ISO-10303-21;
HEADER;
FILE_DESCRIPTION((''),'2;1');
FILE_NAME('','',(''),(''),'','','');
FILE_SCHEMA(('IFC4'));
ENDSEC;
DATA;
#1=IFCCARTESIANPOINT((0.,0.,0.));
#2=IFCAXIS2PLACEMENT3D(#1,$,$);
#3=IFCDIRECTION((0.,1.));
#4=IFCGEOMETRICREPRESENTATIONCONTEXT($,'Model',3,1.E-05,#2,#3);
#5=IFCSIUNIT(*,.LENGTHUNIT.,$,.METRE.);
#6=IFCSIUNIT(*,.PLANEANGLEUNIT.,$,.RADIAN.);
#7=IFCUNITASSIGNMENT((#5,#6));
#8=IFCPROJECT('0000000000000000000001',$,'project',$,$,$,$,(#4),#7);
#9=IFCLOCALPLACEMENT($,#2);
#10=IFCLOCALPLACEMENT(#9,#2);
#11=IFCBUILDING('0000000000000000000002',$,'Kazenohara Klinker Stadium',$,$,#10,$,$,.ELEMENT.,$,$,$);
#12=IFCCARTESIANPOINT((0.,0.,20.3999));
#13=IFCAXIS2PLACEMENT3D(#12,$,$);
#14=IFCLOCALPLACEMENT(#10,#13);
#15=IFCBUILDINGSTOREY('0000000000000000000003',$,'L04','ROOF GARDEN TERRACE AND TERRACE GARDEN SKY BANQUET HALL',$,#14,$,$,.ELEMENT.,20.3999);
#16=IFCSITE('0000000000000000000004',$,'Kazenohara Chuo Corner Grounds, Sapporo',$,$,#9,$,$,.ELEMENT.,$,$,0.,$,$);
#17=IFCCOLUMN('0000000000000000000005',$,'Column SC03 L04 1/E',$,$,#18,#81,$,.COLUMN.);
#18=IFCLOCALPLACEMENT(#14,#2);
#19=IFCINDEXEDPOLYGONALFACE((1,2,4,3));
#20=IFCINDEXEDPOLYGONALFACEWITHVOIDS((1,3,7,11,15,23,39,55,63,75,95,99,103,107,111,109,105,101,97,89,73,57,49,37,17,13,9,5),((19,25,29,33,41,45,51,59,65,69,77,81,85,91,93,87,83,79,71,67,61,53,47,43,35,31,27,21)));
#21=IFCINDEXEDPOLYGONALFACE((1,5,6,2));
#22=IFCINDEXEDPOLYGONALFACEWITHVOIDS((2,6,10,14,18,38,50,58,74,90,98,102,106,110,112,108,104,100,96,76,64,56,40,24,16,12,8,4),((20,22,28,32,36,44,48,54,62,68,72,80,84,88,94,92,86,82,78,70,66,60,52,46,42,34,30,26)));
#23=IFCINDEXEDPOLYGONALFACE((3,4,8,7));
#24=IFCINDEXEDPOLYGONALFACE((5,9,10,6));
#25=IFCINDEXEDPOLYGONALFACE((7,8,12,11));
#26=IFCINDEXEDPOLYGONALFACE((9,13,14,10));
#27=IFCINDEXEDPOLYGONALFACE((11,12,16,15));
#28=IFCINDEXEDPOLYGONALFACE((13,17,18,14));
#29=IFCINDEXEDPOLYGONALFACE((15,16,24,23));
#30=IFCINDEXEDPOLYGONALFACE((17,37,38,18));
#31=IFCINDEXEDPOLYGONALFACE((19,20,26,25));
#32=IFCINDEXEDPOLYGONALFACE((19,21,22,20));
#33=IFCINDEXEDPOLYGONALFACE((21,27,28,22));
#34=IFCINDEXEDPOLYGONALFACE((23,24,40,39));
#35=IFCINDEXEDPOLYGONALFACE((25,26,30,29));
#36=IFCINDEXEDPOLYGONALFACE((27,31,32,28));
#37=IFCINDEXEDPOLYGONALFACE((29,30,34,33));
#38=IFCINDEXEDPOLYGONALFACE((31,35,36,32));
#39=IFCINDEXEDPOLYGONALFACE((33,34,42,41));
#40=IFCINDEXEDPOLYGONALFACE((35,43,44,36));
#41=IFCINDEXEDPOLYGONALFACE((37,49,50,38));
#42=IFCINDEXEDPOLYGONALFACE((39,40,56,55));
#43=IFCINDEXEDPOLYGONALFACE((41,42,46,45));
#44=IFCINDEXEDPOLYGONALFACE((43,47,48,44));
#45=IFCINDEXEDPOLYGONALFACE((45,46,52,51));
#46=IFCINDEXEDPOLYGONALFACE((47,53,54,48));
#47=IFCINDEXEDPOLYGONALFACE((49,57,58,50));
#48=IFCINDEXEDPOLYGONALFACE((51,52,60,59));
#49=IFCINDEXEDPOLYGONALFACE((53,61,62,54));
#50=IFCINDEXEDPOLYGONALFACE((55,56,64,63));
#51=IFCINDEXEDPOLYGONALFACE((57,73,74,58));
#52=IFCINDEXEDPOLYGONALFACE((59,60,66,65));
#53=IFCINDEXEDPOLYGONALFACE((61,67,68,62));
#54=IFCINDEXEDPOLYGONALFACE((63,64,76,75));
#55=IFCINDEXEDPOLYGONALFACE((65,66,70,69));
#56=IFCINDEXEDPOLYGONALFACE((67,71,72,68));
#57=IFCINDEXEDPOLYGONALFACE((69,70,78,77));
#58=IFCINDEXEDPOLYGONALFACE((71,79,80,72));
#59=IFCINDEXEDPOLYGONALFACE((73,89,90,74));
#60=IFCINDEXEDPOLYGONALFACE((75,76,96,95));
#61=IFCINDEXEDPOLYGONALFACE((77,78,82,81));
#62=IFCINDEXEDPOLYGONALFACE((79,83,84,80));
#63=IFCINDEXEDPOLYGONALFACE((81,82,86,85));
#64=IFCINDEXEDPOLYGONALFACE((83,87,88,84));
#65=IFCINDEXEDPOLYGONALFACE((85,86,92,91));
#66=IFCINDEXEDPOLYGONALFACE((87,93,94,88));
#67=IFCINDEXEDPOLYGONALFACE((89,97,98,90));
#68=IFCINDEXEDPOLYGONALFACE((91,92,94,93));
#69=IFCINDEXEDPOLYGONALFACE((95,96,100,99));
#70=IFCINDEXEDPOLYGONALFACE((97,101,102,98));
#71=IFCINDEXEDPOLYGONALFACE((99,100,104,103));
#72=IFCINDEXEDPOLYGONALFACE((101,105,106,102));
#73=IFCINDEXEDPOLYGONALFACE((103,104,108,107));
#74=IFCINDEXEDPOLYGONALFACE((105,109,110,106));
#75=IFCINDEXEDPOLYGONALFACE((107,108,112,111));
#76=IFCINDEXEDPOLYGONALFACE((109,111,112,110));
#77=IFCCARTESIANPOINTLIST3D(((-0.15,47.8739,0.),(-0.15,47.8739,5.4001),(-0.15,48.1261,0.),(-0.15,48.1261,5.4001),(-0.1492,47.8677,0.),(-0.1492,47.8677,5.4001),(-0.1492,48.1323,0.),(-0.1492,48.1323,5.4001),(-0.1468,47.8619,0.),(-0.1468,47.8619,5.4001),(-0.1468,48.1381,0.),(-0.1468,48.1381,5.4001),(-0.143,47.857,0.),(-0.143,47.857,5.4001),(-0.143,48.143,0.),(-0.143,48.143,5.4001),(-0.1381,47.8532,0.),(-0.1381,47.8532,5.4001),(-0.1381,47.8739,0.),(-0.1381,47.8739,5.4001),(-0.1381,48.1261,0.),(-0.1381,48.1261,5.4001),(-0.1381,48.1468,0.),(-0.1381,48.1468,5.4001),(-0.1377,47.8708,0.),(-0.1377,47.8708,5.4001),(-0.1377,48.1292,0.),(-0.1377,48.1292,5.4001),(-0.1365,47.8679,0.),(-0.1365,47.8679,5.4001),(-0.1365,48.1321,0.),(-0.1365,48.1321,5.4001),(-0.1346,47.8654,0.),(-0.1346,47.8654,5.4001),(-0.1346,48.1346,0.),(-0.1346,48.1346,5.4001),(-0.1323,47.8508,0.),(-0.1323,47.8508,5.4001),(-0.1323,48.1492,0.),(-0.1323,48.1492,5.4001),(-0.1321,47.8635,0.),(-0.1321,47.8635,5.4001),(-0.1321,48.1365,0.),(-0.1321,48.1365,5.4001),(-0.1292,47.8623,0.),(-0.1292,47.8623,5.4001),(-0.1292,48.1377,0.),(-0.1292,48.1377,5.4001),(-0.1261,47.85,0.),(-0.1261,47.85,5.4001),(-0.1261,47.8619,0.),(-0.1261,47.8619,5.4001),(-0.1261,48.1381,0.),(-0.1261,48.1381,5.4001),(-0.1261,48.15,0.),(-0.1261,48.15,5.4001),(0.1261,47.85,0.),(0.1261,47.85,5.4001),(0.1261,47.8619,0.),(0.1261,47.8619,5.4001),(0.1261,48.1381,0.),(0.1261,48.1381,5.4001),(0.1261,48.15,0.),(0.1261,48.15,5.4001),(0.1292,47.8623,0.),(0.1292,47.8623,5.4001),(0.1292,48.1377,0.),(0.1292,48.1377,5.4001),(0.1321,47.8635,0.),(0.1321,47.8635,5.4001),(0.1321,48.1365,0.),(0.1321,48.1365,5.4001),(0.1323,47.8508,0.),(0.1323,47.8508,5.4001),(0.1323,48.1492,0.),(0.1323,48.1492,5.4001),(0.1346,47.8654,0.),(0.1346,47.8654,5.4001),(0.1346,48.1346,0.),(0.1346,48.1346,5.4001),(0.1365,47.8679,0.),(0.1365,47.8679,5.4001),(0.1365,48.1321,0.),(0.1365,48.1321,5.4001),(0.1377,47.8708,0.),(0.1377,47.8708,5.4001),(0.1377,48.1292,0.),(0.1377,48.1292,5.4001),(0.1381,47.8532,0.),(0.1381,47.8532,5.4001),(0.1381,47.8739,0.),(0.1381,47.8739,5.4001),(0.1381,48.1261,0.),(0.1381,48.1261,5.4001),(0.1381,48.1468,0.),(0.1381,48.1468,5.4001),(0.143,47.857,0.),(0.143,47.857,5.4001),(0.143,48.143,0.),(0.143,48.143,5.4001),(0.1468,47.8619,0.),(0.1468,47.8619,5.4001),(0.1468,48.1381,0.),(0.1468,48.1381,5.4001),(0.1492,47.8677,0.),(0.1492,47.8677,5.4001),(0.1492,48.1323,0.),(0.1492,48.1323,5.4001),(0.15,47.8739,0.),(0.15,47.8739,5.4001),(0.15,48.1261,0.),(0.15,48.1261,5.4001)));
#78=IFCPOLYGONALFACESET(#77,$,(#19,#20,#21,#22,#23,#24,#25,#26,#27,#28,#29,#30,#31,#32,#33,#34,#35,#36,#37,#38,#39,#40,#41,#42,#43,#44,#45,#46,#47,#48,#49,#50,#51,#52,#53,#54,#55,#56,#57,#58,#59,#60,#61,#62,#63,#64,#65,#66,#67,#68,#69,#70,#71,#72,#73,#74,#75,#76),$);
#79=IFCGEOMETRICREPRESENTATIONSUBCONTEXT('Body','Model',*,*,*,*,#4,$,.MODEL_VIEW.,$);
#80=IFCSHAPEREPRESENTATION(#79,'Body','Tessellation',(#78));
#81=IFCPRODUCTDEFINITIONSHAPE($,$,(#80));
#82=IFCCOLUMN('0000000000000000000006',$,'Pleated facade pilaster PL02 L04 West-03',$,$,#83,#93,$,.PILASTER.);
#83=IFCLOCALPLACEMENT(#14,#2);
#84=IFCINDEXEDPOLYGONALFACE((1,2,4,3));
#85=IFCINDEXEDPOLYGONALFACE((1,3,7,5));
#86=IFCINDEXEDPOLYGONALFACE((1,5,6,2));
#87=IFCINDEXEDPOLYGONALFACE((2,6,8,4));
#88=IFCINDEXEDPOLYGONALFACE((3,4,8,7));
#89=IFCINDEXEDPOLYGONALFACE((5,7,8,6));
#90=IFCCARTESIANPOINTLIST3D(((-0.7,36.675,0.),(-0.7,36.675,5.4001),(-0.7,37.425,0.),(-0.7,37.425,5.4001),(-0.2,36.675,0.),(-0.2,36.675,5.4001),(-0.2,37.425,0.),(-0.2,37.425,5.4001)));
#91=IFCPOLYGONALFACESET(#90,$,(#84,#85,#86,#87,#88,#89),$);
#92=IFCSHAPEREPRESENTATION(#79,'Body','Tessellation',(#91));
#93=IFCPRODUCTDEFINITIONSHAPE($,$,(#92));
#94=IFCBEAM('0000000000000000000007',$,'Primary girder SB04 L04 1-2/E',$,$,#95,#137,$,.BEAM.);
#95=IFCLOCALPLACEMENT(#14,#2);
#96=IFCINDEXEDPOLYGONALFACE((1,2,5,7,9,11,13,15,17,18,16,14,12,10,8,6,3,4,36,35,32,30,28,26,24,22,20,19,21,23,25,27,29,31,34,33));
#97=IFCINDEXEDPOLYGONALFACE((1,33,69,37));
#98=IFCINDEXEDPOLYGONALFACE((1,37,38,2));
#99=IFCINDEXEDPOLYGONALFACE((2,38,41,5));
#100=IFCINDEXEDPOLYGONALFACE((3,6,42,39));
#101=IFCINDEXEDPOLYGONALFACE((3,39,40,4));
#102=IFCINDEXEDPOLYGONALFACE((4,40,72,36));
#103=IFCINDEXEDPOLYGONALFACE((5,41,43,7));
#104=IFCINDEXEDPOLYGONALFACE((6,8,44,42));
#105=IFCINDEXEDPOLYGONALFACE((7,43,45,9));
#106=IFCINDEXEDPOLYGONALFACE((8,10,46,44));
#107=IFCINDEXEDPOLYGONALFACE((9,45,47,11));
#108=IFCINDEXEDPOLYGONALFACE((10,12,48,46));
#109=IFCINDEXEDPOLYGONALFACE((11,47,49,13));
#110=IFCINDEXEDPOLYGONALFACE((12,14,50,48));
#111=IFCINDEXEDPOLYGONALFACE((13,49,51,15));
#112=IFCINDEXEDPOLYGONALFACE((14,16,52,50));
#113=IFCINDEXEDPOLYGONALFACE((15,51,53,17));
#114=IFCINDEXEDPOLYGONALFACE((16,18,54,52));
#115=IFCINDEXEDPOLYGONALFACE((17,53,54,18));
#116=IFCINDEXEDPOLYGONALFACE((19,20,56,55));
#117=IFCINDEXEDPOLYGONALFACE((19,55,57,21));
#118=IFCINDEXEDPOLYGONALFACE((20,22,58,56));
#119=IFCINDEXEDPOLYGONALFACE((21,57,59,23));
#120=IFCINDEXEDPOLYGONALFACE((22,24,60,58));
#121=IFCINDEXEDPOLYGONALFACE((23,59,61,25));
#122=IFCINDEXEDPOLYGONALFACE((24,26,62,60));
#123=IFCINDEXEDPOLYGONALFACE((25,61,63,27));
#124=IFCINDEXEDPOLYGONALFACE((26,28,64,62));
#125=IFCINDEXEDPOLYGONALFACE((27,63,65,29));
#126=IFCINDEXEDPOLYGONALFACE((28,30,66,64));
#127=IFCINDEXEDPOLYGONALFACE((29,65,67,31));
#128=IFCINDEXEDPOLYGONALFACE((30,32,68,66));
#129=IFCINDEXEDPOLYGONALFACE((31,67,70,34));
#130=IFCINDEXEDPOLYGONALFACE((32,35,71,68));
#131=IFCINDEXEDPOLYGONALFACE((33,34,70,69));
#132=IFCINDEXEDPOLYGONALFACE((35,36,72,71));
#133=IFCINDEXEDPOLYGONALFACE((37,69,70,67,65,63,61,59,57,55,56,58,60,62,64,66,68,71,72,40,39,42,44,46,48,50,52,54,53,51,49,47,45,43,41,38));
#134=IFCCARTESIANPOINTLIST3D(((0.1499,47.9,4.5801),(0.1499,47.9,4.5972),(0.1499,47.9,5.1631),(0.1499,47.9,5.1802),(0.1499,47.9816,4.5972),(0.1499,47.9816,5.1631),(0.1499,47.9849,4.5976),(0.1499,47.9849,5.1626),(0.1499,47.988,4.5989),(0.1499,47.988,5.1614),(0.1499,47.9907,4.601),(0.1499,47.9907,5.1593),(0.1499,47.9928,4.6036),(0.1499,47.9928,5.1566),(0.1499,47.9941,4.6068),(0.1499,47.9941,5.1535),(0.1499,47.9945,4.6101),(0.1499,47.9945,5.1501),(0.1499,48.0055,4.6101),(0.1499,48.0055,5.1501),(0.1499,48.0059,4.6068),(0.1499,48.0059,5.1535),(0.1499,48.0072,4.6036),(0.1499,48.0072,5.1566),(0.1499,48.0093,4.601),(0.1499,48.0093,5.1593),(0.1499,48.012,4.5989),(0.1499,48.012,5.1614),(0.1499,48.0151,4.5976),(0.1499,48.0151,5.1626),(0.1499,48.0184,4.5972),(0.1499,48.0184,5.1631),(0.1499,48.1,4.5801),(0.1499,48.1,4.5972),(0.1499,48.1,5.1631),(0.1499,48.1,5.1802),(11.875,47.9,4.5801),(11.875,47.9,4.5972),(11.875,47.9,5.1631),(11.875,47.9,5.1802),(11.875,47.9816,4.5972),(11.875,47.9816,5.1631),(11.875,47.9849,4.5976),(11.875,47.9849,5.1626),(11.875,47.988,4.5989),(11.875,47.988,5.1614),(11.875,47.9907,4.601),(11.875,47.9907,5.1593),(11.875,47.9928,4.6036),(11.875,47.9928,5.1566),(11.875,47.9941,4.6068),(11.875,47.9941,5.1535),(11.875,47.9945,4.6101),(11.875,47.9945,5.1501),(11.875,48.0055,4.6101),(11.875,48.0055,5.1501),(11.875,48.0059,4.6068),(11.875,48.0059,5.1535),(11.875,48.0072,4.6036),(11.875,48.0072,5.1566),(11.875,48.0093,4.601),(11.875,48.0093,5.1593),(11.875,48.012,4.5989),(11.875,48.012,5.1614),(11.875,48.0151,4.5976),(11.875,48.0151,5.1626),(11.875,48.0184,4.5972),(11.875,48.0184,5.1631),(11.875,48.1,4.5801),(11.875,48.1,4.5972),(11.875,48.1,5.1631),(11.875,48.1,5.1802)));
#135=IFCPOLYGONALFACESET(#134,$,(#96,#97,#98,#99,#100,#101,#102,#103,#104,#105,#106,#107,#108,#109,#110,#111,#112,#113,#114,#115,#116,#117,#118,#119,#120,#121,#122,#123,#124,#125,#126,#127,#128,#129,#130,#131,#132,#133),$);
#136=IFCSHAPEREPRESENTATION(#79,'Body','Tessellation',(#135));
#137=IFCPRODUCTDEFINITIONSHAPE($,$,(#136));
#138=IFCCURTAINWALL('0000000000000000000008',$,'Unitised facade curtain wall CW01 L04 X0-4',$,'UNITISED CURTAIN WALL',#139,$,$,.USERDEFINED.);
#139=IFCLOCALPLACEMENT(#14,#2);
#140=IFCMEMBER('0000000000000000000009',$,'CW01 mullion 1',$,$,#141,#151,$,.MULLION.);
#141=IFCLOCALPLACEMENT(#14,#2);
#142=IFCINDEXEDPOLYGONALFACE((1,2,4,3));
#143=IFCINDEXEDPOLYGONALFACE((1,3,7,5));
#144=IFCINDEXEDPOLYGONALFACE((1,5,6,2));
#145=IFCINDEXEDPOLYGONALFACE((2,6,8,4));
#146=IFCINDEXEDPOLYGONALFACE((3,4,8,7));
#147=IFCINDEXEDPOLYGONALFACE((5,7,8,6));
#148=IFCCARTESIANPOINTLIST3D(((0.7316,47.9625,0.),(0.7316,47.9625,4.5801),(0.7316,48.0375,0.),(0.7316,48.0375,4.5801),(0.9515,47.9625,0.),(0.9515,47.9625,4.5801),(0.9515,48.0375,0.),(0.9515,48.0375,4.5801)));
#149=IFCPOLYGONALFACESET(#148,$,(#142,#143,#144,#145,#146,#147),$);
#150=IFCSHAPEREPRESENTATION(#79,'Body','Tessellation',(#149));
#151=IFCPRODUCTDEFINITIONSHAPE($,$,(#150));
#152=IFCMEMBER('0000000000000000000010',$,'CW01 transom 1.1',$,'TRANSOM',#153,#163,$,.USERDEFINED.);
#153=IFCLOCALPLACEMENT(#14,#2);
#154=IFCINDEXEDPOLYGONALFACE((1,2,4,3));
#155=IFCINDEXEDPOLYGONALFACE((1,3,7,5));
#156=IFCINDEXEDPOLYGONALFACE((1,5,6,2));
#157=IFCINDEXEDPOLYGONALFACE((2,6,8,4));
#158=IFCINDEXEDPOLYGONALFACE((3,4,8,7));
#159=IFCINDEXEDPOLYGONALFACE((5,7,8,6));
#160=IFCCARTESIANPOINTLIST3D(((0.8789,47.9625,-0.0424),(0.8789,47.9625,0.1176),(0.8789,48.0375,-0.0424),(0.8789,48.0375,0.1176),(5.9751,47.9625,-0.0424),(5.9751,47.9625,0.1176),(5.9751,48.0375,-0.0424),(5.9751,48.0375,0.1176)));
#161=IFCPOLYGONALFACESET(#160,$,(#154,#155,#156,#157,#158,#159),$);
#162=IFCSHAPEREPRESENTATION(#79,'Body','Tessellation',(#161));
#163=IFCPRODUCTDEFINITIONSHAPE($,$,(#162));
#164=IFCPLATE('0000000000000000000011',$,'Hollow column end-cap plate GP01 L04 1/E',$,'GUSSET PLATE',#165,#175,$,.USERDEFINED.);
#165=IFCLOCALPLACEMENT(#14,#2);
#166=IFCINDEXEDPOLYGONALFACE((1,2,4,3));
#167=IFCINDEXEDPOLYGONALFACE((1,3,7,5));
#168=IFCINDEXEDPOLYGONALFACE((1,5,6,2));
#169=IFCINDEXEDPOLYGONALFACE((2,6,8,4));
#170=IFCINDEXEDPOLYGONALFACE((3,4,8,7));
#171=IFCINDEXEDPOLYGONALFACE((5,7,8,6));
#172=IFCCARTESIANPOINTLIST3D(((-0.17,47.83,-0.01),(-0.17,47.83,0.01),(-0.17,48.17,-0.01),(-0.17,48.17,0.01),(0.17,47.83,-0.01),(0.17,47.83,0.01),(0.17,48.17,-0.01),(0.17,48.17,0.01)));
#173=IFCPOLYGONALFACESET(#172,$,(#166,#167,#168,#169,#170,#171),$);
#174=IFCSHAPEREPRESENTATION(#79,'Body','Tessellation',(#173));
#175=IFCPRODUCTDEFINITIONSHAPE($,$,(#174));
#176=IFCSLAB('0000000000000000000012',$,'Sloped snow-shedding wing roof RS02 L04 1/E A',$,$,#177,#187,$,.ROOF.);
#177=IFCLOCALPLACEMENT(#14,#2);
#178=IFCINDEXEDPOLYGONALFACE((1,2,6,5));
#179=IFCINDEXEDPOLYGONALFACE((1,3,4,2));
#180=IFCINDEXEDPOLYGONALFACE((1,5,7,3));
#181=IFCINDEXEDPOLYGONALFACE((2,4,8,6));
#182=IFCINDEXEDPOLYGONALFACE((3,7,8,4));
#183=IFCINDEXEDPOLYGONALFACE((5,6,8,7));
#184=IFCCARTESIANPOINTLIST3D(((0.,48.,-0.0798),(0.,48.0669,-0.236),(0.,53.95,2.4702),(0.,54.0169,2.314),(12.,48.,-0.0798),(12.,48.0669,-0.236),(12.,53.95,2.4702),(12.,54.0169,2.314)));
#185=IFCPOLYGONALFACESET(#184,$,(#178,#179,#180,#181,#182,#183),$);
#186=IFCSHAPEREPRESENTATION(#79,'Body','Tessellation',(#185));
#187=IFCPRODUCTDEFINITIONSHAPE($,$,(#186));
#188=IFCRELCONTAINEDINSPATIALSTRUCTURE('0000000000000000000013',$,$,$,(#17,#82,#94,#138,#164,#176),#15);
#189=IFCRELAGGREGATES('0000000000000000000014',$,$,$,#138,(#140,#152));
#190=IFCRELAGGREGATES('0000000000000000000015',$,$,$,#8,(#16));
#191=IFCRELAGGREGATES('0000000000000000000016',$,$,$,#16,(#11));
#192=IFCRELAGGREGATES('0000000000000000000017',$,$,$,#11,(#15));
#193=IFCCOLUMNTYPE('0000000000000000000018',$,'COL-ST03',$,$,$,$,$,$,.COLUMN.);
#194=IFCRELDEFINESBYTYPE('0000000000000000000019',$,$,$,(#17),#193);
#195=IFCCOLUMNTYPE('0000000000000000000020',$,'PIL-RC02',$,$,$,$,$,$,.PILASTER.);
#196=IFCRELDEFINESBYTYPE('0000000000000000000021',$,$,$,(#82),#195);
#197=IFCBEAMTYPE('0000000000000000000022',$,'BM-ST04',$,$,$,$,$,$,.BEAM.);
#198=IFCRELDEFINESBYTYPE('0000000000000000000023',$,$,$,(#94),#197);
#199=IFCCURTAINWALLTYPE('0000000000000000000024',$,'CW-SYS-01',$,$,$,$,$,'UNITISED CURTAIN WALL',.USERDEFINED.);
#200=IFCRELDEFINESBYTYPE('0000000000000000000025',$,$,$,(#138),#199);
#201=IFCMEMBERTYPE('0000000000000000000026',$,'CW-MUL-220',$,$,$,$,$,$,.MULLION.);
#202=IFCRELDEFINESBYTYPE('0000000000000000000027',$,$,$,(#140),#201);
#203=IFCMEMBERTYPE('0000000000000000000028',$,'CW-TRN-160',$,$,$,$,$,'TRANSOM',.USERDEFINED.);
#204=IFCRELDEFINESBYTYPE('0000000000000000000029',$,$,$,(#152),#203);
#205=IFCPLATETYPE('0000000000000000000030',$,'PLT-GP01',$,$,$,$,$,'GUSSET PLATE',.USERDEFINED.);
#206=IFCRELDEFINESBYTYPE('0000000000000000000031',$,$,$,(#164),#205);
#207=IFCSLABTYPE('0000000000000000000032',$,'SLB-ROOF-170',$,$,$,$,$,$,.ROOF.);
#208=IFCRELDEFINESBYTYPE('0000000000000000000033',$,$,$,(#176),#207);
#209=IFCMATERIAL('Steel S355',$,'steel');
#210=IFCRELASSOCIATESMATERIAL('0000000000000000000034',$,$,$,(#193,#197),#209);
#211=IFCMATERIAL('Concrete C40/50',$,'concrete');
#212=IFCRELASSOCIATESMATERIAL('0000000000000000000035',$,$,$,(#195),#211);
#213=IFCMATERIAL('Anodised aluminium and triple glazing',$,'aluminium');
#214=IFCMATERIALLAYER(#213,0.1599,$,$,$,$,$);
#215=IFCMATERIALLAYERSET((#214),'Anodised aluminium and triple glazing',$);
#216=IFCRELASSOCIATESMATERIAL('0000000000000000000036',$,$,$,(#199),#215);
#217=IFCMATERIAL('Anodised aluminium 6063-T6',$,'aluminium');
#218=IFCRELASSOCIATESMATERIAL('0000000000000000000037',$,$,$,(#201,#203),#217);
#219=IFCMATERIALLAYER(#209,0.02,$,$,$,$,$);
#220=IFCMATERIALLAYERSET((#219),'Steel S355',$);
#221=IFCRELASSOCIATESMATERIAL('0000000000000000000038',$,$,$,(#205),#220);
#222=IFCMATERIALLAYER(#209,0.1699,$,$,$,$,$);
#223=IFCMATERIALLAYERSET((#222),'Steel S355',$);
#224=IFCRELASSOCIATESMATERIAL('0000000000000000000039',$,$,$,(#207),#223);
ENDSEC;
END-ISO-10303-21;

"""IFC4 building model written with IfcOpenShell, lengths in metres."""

from ifc_helpers import new_model, si_unit, direction, frame, origin, origin_2d, place, context, subcontext, project, spatial, polyline, rectangle, hollow_rectangle, i_section, outline, extrude, material, layer, layer_set, material_profile, profile_set, type_object, element, aggregate, save


model = new_model("IFC4")

# Units and contexts
model_context = context("Model", 3, precision=1e-05, world=origin(), true_north=direction((0.0, 1.0)))
body_context = subcontext(model_context, "Body", "Model", "MODEL_VIEW")
ifc_project = project(units=[si_unit("LENGTHUNIT", "METRE"), si_unit("PLANEANGLEUNIT", "RADIAN")], contexts=[model_context])

# Site, building, storey
site_placement = place(None, origin())
site = spatial("IfcSite", under=ifc_project, at=site_placement, Name="Kazenohara Chuo Corner Grounds, Sapporo", CompositionType="ELEMENT", RefElevation=0.0)
building_placement = place(site_placement, origin())
building = spatial("IfcBuilding", under=site, at=building_placement, Name="Kazenohara Klinker Stadium", CompositionType="ELEMENT")
storey_placement = place(building_placement, frame((0.0, 0.0, 20.3999)))
storey = spatial("IfcBuildingStorey", under=building, at=storey_placement, Name="L04", Description="ROOF GARDEN TERRACE AND TERRACE GARDEN SKY BANQUET HALL", CompositionType="ELEMENT", Elevation=20.3999)

# Columns
ifc_material_1 = material(Name="Steel S355", Category="steel")
ifc_material_profile_1 = material_profile(ifc_material_1, hollow_rectangle(XDim=0.3, YDim=0.3, WallThickness=0.012, InnerFilletRadius=0.012, OuterFilletRadius=0.0239, at=origin_2d()), Name="SHS-300x300x12")
ifc_profile_set_1 = profile_set([ifc_material_profile_1], Name="Steel S355")
column_type_1 = type_object("IfcColumnType", Name="COL-ST03", PredefinedType="COLUMN", material=ifc_profile_set_1)
column_1_placement = place(storey_placement, frame((0.0, 48.0, 0.0), z_axis=(0.0, 0.0, 1.0), x_axis=(1.0, 0.0, 0.0)))
element("IfcColumn", 1, at=column_1_placement, inside=storey, type_object=column_type_1, Name="Column SC03 L04 1/E", PredefinedType="COLUMN", context=body_context, shape_type="SweptSolid", body=[
    extrude(hollow_rectangle(XDim=0.3, YDim=0.3, WallThickness=0.012, InnerFilletRadius=0.012, OuterFilletRadius=0.0239, at=origin_2d()), origin(), (0.0, 0.0, 1.0), 5.4001),
])
ifc_material_2 = material(Name="Concrete C40/50", Category="concrete")
ifc_material_profile_2 = material_profile(ifc_material_2, rectangle(XDim=0.5, YDim=0.75, at=origin_2d()), Name="RC-PILASTER-500x750")
ifc_profile_set_2 = profile_set([ifc_material_profile_2], Name="Concrete C40/50")
column_type_2 = type_object("IfcColumnType", Name="PIL-RC02", PredefinedType="PILASTER", material=ifc_profile_set_2)
column_2_placement = place(storey_placement, frame((-0.45, 37.05, 0.0), z_axis=(0.0, 0.0, 1.0), x_axis=(1.0, 0.0, 0.0)))
element("IfcColumn", 2, at=column_2_placement, inside=storey, type_object=column_type_2, Name="Pleated facade pilaster PL02 L04 West-03", PredefinedType="PILASTER", context=body_context, shape_type="SweptSolid", body=[
    extrude(rectangle(XDim=0.5, YDim=0.75, at=origin_2d()), origin(), (0.0, 0.0, 1.0), 5.4001),
])

# Beam
ifc_material_profile_3 = material_profile(ifc_material_1, i_section(OverallWidth=0.2, OverallDepth=0.6001, WebThickness=0.011, FlangeThickness=0.0171, FilletRadius=0.0129, at=origin_2d()), Name="H-600x200x11x17")
ifc_profile_set_3 = profile_set([ifc_material_profile_3], Name="Steel S355")
beam_type = type_object("IfcBeamType", Name="BM-ST04", PredefinedType="BEAM", material=ifc_profile_set_3)
beam_placement = place(storey_placement, frame((0.1499, 48.0, 4.8801), z_axis=(1.0, 0.0, 0.0), x_axis=(0.0, 1.0, 0.0)))
element("IfcBeam", 3, at=beam_placement, inside=storey, type_object=beam_type, Name="Primary girder SB04 L04 1-2/E", PredefinedType="BEAM", context=body_context, shape_type="SweptSolid", body=[
    extrude(i_section(OverallWidth=0.2, OverallDepth=0.6001, WebThickness=0.011, FlangeThickness=0.0171, FilletRadius=0.0129, at=origin_2d()), origin(), (0.0, 0.0, 1.0), 11.7251),
])

# Curtain wall, members
ifc_material_3 = material(Name="Anodised aluminium and triple glazing", Category="aluminium")
ifc_layer_1 = layer(ifc_material_3, 0.1599)
ifc_layer_set_1 = layer_set([ifc_layer_1], Name="Anodised aluminium and triple glazing")
curtain_wall_type = type_object("IfcCurtainWallType", Name="CW-SYS-01", ElementType="UNITISED CURTAIN WALL", PredefinedType="USERDEFINED", material=ifc_layer_set_1)
curtain_wall_placement = place(storey_placement, origin())
curtain_wall = element("IfcCurtainWall", 4, at=curtain_wall_placement, inside=storey, type_object=curtain_wall_type, Name="Unitised facade curtain wall CW01 L04 X0-4", ObjectType="UNITISED CURTAIN WALL", PredefinedType="USERDEFINED")
ifc_material_4 = material(Name="Anodised aluminium 6063-T6", Category="aluminium")
ifc_material_profile_4 = material_profile(ifc_material_4, rectangle(XDim=0.075, YDim=0.22, at=origin_2d()), Name="ALU-MUL-75x220")
ifc_profile_set_4 = profile_set([ifc_material_profile_4], Name="Anodised aluminium 6063-T6")
member_type_1 = type_object("IfcMemberType", Name="CW-MUL-220", PredefinedType="MULLION", material=ifc_profile_set_4)
member_1_placement = place(storey_placement, frame((0.8416, 48.0, 0.0), z_axis=(0.0, 0.0, 1.0), x_axis=(0.0, 1.0, 0.0)))
member_1 = element("IfcMember", 5, at=member_1_placement, type_object=member_type_1, Name="CW01 mullion 1", PredefinedType="MULLION", context=body_context, shape_type="SweptSolid", body=[
    extrude(rectangle(XDim=0.075, YDim=0.22, at=origin_2d()), origin(), (0.0, 0.0, 1.0), 4.5801),
])
ifc_material_profile_5 = material_profile(ifc_material_4, rectangle(XDim=0.075, YDim=0.1599, at=origin_2d()), Name="ALU-TRN-75x160")
ifc_profile_set_5 = profile_set([ifc_material_profile_5], Name="Anodised aluminium 6063-T6")
member_type_2 = type_object("IfcMemberType", Name="CW-TRN-160", ElementType="TRANSOM", PredefinedType="USERDEFINED", material=ifc_profile_set_5)
member_2_placement = place(storey_placement, frame((0.8789, 48.0, 0.0376), z_axis=(1.0, 0.0, 0.0), x_axis=(0.0, 1.0, 0.0)))
member_2 = element("IfcMember", 6, at=member_2_placement, type_object=member_type_2, Name="CW01 transom 1.1", ObjectType="TRANSOM", PredefinedType="USERDEFINED", context=body_context, shape_type="SweptSolid", body=[
    extrude(rectangle(XDim=0.075, YDim=0.1599, at=origin_2d()), origin(), (0.0, 0.0, 1.0), 5.0962),
])
aggregate(curtain_wall, [member_1, member_2])

# Plate
ifc_layer_2 = layer(ifc_material_1, 0.02)
ifc_layer_set_2 = layer_set([ifc_layer_2], Name="Steel S355")
plate_type = type_object("IfcPlateType", Name="PLT-GP01", ElementType="GUSSET PLATE", PredefinedType="USERDEFINED", material=ifc_layer_set_2)
plate_placement = place(storey_placement, frame((0.0, 48.0, -0.01), z_axis=(0.0, 0.0, 1.0), x_axis=(1.0, 0.0, 0.0)))
element("IfcPlate", 7, at=plate_placement, inside=storey, type_object=plate_type, Name="Hollow column end-cap plate GP01 L04 1/E", ObjectType="GUSSET PLATE", PredefinedType="USERDEFINED", context=body_context, shape_type="SweptSolid", body=[
    extrude(rectangle(XDim=0.3401, YDim=0.3401, at=origin_2d()), origin(), (0.0, 0.0, 1.0), 0.02),
])

# Slab
ifc_layer_3 = layer(ifc_material_1, 0.1699)
ifc_layer_set_3 = layer_set([ifc_layer_3], Name="Steel S355")
slab_type = type_object("IfcSlabType", Name="SLB-ROOF-170", PredefinedType="ROOF", material=ifc_layer_set_3)
slab_placement = place(storey_placement, frame((0.0, 48.0, -0.0798), z_axis=(0.0, -0.393928, 0.919141), x_axis=(1.0, 0.0, 0.0)))
element("IfcSlab", 8, at=slab_placement, inside=storey, type_object=slab_type, Name="Sloped snow-shedding wing roof RS02 L04 1/E A", PredefinedType="ROOF", context=body_context, shape_type="SweptSolid", body=[
    extrude(outline(polyline([(0.0, 0.0), (12.0, 0.0), (12.0, 6.4734), (0.0, 6.4734), (0.0, 0.0)])), origin(), (0.0, 0.0, -1.0), 0.1699),
])

save(model, "model.ifc")
